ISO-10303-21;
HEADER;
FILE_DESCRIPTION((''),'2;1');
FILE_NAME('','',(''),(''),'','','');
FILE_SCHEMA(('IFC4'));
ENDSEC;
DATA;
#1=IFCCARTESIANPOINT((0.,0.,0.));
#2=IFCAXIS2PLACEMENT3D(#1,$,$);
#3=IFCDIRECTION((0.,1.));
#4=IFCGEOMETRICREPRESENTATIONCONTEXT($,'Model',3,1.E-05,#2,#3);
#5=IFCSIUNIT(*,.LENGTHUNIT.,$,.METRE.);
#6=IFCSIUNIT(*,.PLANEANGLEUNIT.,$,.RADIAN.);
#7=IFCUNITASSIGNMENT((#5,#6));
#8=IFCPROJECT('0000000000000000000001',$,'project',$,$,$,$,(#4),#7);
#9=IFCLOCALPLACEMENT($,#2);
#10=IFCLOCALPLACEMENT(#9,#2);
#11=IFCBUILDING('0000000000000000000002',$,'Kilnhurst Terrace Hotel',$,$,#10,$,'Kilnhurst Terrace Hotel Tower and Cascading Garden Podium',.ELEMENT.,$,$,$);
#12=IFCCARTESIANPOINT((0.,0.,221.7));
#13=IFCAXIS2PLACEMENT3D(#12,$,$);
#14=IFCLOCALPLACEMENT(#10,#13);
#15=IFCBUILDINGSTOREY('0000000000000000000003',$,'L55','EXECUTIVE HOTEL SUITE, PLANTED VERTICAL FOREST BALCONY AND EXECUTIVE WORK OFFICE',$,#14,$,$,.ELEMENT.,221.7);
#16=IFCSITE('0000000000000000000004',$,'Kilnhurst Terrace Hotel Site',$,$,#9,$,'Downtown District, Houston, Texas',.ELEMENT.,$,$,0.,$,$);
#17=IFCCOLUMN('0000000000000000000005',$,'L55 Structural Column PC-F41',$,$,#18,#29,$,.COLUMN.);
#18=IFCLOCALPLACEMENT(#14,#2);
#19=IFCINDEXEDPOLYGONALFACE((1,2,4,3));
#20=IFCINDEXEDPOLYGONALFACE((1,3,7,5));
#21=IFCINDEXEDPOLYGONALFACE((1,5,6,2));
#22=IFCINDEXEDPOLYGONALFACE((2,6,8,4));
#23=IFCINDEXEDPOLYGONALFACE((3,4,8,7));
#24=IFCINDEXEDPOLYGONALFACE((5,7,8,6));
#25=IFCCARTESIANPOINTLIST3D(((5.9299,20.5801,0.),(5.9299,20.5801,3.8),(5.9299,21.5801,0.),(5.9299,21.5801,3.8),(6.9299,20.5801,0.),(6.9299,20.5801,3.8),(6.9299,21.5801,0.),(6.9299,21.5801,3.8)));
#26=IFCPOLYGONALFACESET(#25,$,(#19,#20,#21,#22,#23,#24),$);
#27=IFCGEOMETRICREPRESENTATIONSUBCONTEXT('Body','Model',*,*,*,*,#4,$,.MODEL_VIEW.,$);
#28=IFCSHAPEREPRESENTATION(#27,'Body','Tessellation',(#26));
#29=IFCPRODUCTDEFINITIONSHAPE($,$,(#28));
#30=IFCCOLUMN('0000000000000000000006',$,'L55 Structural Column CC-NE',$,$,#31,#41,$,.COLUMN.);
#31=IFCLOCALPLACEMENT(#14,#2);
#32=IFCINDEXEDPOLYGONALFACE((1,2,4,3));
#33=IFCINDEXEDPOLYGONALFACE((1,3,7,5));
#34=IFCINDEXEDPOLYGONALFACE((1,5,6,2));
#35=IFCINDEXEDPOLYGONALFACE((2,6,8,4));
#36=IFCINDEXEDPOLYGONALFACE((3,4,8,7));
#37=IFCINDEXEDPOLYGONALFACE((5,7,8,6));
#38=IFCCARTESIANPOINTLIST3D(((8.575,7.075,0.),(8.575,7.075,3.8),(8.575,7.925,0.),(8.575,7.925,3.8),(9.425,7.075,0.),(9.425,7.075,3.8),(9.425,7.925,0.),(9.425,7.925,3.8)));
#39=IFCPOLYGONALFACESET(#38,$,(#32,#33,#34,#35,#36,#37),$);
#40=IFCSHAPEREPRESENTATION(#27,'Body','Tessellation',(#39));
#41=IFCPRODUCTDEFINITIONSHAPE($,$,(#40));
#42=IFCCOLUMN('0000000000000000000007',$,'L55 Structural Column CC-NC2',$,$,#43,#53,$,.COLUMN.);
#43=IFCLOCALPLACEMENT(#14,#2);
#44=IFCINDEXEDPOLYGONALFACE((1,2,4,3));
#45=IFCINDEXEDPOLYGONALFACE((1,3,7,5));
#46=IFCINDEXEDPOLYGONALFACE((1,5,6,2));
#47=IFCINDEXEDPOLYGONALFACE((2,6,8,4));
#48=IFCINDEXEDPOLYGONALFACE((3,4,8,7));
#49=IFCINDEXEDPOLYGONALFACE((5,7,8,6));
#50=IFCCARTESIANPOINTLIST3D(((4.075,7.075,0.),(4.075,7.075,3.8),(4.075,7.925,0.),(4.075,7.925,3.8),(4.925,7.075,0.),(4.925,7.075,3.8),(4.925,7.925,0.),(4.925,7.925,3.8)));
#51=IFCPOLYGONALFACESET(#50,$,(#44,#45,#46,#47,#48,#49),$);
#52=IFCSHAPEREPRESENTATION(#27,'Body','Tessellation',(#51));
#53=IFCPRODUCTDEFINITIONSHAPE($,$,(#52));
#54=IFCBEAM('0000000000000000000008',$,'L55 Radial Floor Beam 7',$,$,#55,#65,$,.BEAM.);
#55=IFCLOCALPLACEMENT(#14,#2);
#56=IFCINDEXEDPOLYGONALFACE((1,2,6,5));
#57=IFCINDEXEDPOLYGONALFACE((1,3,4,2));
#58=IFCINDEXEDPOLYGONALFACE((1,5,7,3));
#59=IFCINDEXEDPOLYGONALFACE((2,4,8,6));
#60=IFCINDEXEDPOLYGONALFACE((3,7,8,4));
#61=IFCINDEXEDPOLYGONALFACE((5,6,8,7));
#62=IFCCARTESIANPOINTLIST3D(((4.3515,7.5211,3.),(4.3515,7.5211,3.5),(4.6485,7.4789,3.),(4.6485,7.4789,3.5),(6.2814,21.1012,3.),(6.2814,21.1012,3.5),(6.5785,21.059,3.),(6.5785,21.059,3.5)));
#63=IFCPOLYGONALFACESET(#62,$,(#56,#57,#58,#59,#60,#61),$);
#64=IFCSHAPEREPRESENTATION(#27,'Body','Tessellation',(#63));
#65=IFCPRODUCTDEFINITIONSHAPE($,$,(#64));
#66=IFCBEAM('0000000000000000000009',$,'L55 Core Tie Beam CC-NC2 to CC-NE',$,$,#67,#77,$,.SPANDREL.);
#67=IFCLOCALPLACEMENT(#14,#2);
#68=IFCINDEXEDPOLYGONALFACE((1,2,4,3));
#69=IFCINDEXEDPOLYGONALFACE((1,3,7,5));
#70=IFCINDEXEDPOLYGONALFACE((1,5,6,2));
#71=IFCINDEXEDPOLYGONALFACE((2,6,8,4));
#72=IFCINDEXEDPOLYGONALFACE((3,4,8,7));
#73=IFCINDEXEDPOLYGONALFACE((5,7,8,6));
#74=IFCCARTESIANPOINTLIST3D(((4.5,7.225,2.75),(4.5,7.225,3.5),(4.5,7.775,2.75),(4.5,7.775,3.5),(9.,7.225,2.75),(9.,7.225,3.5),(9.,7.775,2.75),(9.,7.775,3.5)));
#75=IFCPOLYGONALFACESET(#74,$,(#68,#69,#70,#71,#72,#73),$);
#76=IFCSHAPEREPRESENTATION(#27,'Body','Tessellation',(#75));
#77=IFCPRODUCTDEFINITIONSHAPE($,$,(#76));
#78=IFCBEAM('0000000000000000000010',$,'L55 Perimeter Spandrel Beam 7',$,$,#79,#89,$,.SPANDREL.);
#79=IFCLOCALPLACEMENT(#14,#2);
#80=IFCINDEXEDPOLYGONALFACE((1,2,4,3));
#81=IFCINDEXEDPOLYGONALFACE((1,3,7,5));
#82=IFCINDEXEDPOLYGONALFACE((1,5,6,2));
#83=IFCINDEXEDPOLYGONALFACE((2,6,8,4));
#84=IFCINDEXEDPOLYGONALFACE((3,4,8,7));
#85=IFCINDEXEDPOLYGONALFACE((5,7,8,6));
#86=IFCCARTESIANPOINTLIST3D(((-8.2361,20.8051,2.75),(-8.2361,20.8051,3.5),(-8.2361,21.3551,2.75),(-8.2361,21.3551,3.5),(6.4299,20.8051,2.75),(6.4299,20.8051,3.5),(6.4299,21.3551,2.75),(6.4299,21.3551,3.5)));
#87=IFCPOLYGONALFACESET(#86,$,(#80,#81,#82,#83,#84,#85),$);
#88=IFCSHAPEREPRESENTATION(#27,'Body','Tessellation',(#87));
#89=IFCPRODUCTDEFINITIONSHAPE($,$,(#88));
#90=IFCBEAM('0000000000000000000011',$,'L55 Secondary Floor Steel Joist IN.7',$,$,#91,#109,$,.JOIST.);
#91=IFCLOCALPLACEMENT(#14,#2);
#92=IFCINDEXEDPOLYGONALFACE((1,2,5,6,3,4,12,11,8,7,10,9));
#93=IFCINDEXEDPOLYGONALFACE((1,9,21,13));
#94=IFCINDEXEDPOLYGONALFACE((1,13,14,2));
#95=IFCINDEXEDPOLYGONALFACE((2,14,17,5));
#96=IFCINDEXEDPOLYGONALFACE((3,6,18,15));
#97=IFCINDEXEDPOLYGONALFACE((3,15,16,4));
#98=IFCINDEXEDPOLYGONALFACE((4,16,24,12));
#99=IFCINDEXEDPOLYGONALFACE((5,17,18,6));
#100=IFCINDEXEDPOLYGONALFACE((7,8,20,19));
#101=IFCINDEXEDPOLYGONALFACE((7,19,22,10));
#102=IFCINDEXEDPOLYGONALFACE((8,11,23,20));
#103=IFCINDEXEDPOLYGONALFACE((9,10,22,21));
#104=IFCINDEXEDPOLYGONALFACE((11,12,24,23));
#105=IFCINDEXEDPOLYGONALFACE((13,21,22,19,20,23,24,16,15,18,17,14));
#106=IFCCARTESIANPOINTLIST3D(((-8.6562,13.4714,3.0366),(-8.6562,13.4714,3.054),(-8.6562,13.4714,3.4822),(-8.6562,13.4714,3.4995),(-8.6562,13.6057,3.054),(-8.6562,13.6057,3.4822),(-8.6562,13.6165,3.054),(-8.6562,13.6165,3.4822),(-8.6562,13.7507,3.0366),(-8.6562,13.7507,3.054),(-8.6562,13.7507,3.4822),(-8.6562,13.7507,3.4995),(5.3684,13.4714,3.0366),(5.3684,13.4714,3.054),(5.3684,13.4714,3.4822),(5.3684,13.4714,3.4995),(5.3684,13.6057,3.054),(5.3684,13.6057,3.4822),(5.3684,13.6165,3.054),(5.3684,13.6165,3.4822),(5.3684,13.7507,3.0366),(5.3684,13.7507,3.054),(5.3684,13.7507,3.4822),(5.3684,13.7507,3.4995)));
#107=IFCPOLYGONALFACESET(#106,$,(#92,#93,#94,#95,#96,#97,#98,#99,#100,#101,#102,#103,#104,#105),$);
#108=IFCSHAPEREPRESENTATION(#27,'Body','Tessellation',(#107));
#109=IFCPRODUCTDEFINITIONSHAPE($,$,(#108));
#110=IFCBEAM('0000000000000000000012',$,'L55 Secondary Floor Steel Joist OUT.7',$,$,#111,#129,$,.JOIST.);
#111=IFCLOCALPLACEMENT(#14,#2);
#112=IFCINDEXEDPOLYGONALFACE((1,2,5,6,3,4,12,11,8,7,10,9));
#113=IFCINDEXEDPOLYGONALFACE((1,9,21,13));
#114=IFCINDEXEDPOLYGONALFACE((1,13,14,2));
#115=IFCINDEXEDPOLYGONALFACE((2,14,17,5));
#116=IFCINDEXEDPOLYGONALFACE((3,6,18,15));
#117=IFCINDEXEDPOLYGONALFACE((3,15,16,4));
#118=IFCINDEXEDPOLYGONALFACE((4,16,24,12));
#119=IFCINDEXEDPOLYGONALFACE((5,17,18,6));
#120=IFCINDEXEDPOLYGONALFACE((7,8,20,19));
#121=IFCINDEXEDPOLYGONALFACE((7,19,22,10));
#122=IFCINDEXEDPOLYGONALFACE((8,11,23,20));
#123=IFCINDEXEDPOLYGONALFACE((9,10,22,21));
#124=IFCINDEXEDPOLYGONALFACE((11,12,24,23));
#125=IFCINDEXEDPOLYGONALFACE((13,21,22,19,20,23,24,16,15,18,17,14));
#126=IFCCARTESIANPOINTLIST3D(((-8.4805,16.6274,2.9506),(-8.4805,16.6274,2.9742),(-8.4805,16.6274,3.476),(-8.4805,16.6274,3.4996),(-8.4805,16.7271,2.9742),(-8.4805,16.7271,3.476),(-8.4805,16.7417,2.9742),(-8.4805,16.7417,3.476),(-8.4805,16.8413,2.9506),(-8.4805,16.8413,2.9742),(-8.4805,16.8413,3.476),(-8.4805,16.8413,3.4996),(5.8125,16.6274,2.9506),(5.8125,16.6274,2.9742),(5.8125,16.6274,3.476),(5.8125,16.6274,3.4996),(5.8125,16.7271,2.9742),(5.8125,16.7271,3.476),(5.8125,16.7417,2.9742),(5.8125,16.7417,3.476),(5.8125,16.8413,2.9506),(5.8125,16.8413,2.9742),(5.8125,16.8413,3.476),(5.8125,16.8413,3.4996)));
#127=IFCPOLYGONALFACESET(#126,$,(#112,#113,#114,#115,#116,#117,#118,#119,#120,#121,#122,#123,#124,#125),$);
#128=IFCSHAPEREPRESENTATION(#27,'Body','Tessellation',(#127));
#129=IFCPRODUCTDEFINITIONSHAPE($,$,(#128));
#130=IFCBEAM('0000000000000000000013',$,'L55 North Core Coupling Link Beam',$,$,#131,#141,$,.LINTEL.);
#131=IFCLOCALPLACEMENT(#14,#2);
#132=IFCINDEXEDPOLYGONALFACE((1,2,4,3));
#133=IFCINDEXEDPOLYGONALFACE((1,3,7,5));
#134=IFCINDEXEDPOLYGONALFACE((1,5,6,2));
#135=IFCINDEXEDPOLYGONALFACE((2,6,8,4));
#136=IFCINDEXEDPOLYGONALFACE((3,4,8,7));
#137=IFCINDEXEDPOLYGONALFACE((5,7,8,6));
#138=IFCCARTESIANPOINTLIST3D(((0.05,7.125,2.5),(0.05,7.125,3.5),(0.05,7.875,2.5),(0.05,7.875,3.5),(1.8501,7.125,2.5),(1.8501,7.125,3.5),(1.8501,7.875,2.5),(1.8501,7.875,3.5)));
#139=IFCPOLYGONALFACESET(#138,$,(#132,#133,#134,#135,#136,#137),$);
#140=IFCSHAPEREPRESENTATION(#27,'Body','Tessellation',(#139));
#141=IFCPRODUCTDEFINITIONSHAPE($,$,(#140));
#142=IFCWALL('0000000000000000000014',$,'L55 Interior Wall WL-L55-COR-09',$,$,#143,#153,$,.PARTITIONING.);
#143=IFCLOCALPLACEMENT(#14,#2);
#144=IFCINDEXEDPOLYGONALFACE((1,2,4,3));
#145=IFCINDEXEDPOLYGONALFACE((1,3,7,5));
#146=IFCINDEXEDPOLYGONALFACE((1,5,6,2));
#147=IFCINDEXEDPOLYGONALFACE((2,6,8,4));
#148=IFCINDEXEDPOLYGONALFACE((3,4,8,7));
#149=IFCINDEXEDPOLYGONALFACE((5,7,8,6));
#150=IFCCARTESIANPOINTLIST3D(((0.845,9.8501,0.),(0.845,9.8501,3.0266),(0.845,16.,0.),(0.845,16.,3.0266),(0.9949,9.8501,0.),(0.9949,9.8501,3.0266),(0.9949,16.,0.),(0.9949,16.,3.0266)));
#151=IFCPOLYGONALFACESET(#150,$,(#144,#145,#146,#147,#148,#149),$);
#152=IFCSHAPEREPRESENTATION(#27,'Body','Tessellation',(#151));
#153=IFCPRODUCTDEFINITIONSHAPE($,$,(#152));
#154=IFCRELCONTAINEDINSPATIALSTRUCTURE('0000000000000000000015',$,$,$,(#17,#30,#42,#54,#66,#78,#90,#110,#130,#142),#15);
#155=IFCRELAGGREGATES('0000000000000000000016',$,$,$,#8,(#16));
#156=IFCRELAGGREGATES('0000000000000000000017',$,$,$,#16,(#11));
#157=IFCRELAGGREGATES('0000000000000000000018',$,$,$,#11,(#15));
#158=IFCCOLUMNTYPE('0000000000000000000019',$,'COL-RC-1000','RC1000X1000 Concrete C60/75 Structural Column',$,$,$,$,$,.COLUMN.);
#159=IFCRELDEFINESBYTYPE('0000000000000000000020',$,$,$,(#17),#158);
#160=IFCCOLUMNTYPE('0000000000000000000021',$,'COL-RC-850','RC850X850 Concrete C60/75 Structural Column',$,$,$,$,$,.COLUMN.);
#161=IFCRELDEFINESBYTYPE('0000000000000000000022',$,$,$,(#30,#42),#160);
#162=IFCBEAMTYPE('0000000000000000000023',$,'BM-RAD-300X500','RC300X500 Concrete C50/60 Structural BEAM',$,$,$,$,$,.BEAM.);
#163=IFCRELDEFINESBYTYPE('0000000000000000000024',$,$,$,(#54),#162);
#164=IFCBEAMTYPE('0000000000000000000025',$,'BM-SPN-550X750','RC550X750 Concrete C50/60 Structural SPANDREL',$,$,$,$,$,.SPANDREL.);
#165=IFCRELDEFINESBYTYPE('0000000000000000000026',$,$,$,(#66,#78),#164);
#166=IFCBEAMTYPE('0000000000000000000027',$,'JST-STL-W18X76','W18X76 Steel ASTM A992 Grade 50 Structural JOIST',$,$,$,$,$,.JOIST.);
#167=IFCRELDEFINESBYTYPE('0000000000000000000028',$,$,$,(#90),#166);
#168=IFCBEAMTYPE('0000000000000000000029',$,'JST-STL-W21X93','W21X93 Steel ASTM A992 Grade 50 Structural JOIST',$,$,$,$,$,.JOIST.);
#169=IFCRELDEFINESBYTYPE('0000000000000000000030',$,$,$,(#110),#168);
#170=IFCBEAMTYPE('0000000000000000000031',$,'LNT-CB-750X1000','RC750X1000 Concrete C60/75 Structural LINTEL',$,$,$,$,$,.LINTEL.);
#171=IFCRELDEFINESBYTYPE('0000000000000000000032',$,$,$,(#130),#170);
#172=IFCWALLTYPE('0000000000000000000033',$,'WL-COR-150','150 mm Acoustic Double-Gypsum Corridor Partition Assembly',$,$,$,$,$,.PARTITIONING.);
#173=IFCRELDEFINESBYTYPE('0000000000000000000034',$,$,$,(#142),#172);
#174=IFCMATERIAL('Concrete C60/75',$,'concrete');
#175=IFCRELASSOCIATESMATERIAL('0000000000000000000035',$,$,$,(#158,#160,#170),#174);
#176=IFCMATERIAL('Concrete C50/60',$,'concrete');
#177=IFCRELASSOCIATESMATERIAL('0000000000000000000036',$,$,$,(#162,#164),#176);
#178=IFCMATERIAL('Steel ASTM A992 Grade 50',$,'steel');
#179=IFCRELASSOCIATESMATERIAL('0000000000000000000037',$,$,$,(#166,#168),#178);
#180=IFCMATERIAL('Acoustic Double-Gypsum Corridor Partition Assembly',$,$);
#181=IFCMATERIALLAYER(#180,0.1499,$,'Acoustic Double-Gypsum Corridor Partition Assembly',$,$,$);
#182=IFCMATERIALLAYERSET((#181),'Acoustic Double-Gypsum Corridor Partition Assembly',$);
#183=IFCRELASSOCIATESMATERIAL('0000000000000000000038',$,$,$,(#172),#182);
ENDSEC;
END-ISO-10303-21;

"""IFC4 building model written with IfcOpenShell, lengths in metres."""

from ifc_helpers import new_model, si_unit, direction, frame, frame_2d, origin, origin_2d, place, context, subcontext, project, spatial, rectangle, i_section, extrude, material, layer, layer_set, material_profile, profile_set, type_object, element, save


model = new_model("IFC4")

# Units and contexts
model_context = context("Model", 3, precision=1e-05, world=origin(), true_north=direction((0.0, 1.0)))
body_context = subcontext(model_context, "Body", "Model", "MODEL_VIEW")
ifc_project = project(units=[si_unit("LENGTHUNIT", "METRE"), si_unit("PLANEANGLEUNIT", "RADIAN")], contexts=[model_context])

# Site, building, storey
site_placement = place(None, origin())
site = spatial("IfcSite", under=ifc_project, at=site_placement, Name="Kilnhurst Terrace Hotel Site", LongName="Downtown District, Houston, Texas", CompositionType="ELEMENT", RefElevation=0.0)
building_placement = place(site_placement, origin())
building = spatial("IfcBuilding", under=site, at=building_placement, Name="Kilnhurst Terrace Hotel", LongName="Kilnhurst Terrace Hotel Tower and Cascading Garden Podium", CompositionType="ELEMENT")
storey_placement = place(building_placement, frame((0.0, 0.0, 221.7)))
storey = spatial("IfcBuildingStorey", under=building, at=storey_placement, Name="L55", Description="EXECUTIVE HOTEL SUITE, PLANTED VERTICAL FOREST BALCONY AND EXECUTIVE WORK OFFICE", CompositionType="ELEMENT", Elevation=221.7)

# Columns
ifc_material_1 = material(Name="Concrete C60/75", Category="concrete")
ifc_material_profile_1 = material_profile(ifc_material_1, rectangle(XDim=1.0, YDim=1.0, at=origin_2d()), Name="RC1000X1000")
ifc_profile_set_1 = profile_set([ifc_material_profile_1], Name="Concrete C60/75")
column_type_1 = type_object("IfcColumnType", Name="COL-RC-1000", Description="RC1000X1000 Concrete C60/75 Structural Column", PredefinedType="COLUMN", material=ifc_profile_set_1)
column_placement = place(storey_placement, frame((6.4299, 21.0801, 0.0), z_axis=(0.0, 0.0, 1.0), x_axis=(1.0, 0.0, 0.0)))
element("IfcColumn", 1, at=column_placement, inside=storey, type_object=column_type_1, Name="L55 Structural Column PC-F41", PredefinedType="COLUMN", context=body_context, shape_type="SweptSolid", body=[
    extrude(rectangle(XDim=1.0, YDim=1.0, at=origin_2d()), origin(), (0.0, 0.0, 1.0), 3.8),
])
ifc_material_profile_2 = material_profile(ifc_material_1, rectangle(XDim=0.8501, YDim=0.8501, at=origin_2d()), Name="RC850X850")
ifc_profile_set_2 = profile_set([ifc_material_profile_2], Name="Concrete C60/75")
column_type_2 = type_object("IfcColumnType", Name="COL-RC-850", Description="RC850X850 Concrete C60/75 Structural Column", PredefinedType="COLUMN", material=ifc_profile_set_2)
for number, where, z_axis, x_axis, name in (
    (2, (9.0, 7.5, 0.0), (0.0, 0.0, 1.0), (1.0, 0.0, 0.0), "L55 Structural Column CC-NE"),
    (3, (4.5, 7.5, 0.0), (0.0, 0.0, 1.0), (1.0, 0.0, 0.0), "L55 Structural Column CC-NC2"),
):
    element("IfcColumn", number, at=place(storey_placement, frame(where, z_axis=z_axis, x_axis=x_axis)), inside=storey, type_object=column_type_2, Name=name, PredefinedType="COLUMN", context=body_context, shape_type="SweptSolid", body=[
        extrude(rectangle(XDim=0.8501, YDim=0.8501, at=origin_2d()), origin(), (0.0, 0.0, 1.0), 3.8),
    ])

# Beams
ifc_material_2 = material(Name="Concrete C50/60", Category="concrete")
ifc_material_profile_3 = material_profile(ifc_material_2, rectangle(XDim=0.3, YDim=0.5, at=origin_2d()), Name="RC300X500")
ifc_profile_set_3 = profile_set([ifc_material_profile_3], Name="Concrete C50/60")
beam_type_1 = type_object("IfcBeamType", Name="BM-RAD-300X500", Description="RC300X500 Concrete C50/60 Structural BEAM", PredefinedType="BEAM", material=ifc_profile_set_3)
beam_1_placement = place(storey_placement, frame((4.5, 7.5, 3.25), z_axis=(0.140701, 0.990052, 0.0), x_axis=(-0.990052, 0.140701, 0.0)))
element("IfcBeam", 4, at=beam_1_placement, inside=storey, type_object=beam_type_1, Name="L55 Radial Floor Beam 7", PredefinedType="BEAM", context=body_context, shape_type="SweptSolid", body=[
    extrude(rectangle(XDim=0.3, YDim=0.5, at=origin_2d()), origin(), (0.0, 0.0, 1.0), 13.7166),
])
ifc_material_profile_4 = material_profile(ifc_material_2, rectangle(XDim=0.55, YDim=0.75, at=origin_2d()), Name="RC550X750")
ifc_profile_set_4 = profile_set([ifc_material_profile_4], Name="Concrete C50/60")
beam_type_2 = type_object("IfcBeamType", Name="BM-SPN-550X750", Description="RC550X750 Concrete C50/60 Structural SPANDREL", PredefinedType="SPANDREL", material=ifc_profile_set_4)
beam_2_placement = place(storey_placement, frame((4.5, 7.5, 3.125), z_axis=(1.0, 0.0, 0.0), x_axis=(0.0, 1.0, 0.0)))
element("IfcBeam", 5, at=beam_2_placement, inside=storey, type_object=beam_type_2, Name="L55 Core Tie Beam CC-NC2 to CC-NE", PredefinedType="SPANDREL", context=body_context, shape_type="SweptSolid", body=[
    extrude(rectangle(XDim=0.55, YDim=0.75, at=origin_2d()), origin(), (0.0, 0.0, 1.0), 4.5),
])
beam_3_placement = place(storey_placement, frame((6.4299, 21.0801, 3.125), z_axis=(-1.0, 0.0, 0.0), x_axis=(0.0, -1.0, 0.0)))
element("IfcBeam", 6, at=beam_3_placement, inside=storey, type_object=beam_type_2, Name="L55 Perimeter Spandrel Beam 7", PredefinedType="SPANDREL", context=body_context, shape_type="SweptSolid", body=[
    extrude(rectangle(XDim=0.55, YDim=0.75, at=origin_2d()), origin(), (0.0, 0.0, 1.0), 14.666),
])
ifc_material_3 = material(Name="Steel ASTM A992 Grade 50", Category="steel")
ifc_material_profile_5 = material_profile(ifc_material_3, i_section(OverallWidth=0.2793, OverallDepth=0.4629, WebThickness=0.0107, FlangeThickness=0.0173, at=origin_2d()), Name="W18X76")
ifc_profile_set_5 = profile_set([ifc_material_profile_5], Name="Steel ASTM A992 Grade 50")
beam_type_3 = type_object("IfcBeamType", Name="JST-STL-W18X76", Description="W18X76 Steel ASTM A992 Grade 50 Structural JOIST", PredefinedType="JOIST", material=ifc_profile_set_5)
beam_4_placement = place(storey_placement, frame((5.3684, 13.6111, 3.2681), z_axis=(-1.0, 0.0, 0.0), x_axis=(0.0, -1.0, 0.0)))
element("IfcBeam", 7, at=beam_4_placement, inside=storey, type_object=beam_type_3, Name="L55 Secondary Floor Steel Joist IN.7", PredefinedType="JOIST", context=body_context, shape_type="SweptSolid", body=[
    extrude(i_section(OverallWidth=0.2793, OverallDepth=0.4629, WebThickness=0.0107, FlangeThickness=0.0173, at=origin_2d()), origin(), (0.0, 0.0, 1.0), 14.0247),
])
ifc_material_profile_6 = material_profile(ifc_material_3, i_section(OverallWidth=0.2139, OverallDepth=0.5491, WebThickness=0.0146, FlangeThickness=0.0237, at=origin_2d()), Name="W21X93")
ifc_profile_set_6 = profile_set([ifc_material_profile_6], Name="Steel ASTM A992 Grade 50")
beam_type_4 = type_object("IfcBeamType", Name="JST-STL-W21X93", Description="W21X93 Steel ASTM A992 Grade 50 Structural JOIST", PredefinedType="JOIST", material=ifc_profile_set_6)
beam_5_placement = place(storey_placement, frame((5.8125, 16.7344, 3.2251), z_axis=(-1.0, 0.0, 0.0), x_axis=(0.0, -1.0, 0.0)))
element("IfcBeam", 8, at=beam_5_placement, inside=storey, type_object=beam_type_4, Name="L55 Secondary Floor Steel Joist OUT.7", PredefinedType="JOIST", context=body_context, shape_type="SweptSolid", body=[
    extrude(i_section(OverallWidth=0.2139, OverallDepth=0.5491, WebThickness=0.0146, FlangeThickness=0.0237, at=origin_2d()), origin(), (0.0, 0.0, 1.0), 14.293),
])
ifc_material_profile_7 = material_profile(ifc_material_1, rectangle(XDim=0.75, YDim=1.0, at=origin_2d()), Name="RC750X1000")
ifc_profile_set_7 = profile_set([ifc_material_profile_7], Name="Concrete C60/75")
beam_type_5 = type_object("IfcBeamType", Name="LNT-CB-750X1000", Description="RC750X1000 Concrete C60/75 Structural LINTEL", PredefinedType="LINTEL", material=ifc_profile_set_7)
beam_6_placement = place(storey_placement, frame((0.05, 7.5, 3.0), z_axis=(1.0, 0.0, 0.0), x_axis=(0.0, 1.0, 0.0)))
element("IfcBeam", 9, at=beam_6_placement, inside=storey, type_object=beam_type_5, Name="L55 North Core Coupling Link Beam", PredefinedType="LINTEL", context=body_context, shape_type="SweptSolid", body=[
    extrude(rectangle(XDim=0.75, YDim=1.0, at=origin_2d()), origin(), (0.0, 0.0, 1.0), 1.8),
])

# Wall
ifc_material_4 = material(Name="Acoustic Double-Gypsum Corridor Partition Assembly")
ifc_layer_1 = layer(ifc_material_4, 0.1499, Name="Acoustic Double-Gypsum Corridor Partition Assembly")
ifc_layer_set_1 = layer_set([ifc_layer_1], Name="Acoustic Double-Gypsum Corridor Partition Assembly")
wall_type_1 = type_object("IfcWallType", Name="WL-COR-150", Description="150 mm Acoustic Double-Gypsum Corridor Partition Assembly", PredefinedType="PARTITIONING", material=ifc_layer_set_1)
wall_1_placement = place(storey_placement, frame((0.9199, 16.0, 0.0), z_axis=(0.0, 0.0, 1.0), x_axis=(0.0, -1.0, 0.0)))
element("IfcWall", 10, at=wall_1_placement, inside=storey, type_object=wall_type_1, Name="L55 Interior Wall WL-L55-COR-09", PredefinedType="PARTITIONING", context=body_context, shape_type="SweptSolid", body=[
    extrude(rectangle(XDim=6.1499, YDim=0.1499, at=frame_2d((3.075, 0.0))), origin(), (0.0, 0.0, 1.0), 3.0266),
])

save(model, "model.ifc")
